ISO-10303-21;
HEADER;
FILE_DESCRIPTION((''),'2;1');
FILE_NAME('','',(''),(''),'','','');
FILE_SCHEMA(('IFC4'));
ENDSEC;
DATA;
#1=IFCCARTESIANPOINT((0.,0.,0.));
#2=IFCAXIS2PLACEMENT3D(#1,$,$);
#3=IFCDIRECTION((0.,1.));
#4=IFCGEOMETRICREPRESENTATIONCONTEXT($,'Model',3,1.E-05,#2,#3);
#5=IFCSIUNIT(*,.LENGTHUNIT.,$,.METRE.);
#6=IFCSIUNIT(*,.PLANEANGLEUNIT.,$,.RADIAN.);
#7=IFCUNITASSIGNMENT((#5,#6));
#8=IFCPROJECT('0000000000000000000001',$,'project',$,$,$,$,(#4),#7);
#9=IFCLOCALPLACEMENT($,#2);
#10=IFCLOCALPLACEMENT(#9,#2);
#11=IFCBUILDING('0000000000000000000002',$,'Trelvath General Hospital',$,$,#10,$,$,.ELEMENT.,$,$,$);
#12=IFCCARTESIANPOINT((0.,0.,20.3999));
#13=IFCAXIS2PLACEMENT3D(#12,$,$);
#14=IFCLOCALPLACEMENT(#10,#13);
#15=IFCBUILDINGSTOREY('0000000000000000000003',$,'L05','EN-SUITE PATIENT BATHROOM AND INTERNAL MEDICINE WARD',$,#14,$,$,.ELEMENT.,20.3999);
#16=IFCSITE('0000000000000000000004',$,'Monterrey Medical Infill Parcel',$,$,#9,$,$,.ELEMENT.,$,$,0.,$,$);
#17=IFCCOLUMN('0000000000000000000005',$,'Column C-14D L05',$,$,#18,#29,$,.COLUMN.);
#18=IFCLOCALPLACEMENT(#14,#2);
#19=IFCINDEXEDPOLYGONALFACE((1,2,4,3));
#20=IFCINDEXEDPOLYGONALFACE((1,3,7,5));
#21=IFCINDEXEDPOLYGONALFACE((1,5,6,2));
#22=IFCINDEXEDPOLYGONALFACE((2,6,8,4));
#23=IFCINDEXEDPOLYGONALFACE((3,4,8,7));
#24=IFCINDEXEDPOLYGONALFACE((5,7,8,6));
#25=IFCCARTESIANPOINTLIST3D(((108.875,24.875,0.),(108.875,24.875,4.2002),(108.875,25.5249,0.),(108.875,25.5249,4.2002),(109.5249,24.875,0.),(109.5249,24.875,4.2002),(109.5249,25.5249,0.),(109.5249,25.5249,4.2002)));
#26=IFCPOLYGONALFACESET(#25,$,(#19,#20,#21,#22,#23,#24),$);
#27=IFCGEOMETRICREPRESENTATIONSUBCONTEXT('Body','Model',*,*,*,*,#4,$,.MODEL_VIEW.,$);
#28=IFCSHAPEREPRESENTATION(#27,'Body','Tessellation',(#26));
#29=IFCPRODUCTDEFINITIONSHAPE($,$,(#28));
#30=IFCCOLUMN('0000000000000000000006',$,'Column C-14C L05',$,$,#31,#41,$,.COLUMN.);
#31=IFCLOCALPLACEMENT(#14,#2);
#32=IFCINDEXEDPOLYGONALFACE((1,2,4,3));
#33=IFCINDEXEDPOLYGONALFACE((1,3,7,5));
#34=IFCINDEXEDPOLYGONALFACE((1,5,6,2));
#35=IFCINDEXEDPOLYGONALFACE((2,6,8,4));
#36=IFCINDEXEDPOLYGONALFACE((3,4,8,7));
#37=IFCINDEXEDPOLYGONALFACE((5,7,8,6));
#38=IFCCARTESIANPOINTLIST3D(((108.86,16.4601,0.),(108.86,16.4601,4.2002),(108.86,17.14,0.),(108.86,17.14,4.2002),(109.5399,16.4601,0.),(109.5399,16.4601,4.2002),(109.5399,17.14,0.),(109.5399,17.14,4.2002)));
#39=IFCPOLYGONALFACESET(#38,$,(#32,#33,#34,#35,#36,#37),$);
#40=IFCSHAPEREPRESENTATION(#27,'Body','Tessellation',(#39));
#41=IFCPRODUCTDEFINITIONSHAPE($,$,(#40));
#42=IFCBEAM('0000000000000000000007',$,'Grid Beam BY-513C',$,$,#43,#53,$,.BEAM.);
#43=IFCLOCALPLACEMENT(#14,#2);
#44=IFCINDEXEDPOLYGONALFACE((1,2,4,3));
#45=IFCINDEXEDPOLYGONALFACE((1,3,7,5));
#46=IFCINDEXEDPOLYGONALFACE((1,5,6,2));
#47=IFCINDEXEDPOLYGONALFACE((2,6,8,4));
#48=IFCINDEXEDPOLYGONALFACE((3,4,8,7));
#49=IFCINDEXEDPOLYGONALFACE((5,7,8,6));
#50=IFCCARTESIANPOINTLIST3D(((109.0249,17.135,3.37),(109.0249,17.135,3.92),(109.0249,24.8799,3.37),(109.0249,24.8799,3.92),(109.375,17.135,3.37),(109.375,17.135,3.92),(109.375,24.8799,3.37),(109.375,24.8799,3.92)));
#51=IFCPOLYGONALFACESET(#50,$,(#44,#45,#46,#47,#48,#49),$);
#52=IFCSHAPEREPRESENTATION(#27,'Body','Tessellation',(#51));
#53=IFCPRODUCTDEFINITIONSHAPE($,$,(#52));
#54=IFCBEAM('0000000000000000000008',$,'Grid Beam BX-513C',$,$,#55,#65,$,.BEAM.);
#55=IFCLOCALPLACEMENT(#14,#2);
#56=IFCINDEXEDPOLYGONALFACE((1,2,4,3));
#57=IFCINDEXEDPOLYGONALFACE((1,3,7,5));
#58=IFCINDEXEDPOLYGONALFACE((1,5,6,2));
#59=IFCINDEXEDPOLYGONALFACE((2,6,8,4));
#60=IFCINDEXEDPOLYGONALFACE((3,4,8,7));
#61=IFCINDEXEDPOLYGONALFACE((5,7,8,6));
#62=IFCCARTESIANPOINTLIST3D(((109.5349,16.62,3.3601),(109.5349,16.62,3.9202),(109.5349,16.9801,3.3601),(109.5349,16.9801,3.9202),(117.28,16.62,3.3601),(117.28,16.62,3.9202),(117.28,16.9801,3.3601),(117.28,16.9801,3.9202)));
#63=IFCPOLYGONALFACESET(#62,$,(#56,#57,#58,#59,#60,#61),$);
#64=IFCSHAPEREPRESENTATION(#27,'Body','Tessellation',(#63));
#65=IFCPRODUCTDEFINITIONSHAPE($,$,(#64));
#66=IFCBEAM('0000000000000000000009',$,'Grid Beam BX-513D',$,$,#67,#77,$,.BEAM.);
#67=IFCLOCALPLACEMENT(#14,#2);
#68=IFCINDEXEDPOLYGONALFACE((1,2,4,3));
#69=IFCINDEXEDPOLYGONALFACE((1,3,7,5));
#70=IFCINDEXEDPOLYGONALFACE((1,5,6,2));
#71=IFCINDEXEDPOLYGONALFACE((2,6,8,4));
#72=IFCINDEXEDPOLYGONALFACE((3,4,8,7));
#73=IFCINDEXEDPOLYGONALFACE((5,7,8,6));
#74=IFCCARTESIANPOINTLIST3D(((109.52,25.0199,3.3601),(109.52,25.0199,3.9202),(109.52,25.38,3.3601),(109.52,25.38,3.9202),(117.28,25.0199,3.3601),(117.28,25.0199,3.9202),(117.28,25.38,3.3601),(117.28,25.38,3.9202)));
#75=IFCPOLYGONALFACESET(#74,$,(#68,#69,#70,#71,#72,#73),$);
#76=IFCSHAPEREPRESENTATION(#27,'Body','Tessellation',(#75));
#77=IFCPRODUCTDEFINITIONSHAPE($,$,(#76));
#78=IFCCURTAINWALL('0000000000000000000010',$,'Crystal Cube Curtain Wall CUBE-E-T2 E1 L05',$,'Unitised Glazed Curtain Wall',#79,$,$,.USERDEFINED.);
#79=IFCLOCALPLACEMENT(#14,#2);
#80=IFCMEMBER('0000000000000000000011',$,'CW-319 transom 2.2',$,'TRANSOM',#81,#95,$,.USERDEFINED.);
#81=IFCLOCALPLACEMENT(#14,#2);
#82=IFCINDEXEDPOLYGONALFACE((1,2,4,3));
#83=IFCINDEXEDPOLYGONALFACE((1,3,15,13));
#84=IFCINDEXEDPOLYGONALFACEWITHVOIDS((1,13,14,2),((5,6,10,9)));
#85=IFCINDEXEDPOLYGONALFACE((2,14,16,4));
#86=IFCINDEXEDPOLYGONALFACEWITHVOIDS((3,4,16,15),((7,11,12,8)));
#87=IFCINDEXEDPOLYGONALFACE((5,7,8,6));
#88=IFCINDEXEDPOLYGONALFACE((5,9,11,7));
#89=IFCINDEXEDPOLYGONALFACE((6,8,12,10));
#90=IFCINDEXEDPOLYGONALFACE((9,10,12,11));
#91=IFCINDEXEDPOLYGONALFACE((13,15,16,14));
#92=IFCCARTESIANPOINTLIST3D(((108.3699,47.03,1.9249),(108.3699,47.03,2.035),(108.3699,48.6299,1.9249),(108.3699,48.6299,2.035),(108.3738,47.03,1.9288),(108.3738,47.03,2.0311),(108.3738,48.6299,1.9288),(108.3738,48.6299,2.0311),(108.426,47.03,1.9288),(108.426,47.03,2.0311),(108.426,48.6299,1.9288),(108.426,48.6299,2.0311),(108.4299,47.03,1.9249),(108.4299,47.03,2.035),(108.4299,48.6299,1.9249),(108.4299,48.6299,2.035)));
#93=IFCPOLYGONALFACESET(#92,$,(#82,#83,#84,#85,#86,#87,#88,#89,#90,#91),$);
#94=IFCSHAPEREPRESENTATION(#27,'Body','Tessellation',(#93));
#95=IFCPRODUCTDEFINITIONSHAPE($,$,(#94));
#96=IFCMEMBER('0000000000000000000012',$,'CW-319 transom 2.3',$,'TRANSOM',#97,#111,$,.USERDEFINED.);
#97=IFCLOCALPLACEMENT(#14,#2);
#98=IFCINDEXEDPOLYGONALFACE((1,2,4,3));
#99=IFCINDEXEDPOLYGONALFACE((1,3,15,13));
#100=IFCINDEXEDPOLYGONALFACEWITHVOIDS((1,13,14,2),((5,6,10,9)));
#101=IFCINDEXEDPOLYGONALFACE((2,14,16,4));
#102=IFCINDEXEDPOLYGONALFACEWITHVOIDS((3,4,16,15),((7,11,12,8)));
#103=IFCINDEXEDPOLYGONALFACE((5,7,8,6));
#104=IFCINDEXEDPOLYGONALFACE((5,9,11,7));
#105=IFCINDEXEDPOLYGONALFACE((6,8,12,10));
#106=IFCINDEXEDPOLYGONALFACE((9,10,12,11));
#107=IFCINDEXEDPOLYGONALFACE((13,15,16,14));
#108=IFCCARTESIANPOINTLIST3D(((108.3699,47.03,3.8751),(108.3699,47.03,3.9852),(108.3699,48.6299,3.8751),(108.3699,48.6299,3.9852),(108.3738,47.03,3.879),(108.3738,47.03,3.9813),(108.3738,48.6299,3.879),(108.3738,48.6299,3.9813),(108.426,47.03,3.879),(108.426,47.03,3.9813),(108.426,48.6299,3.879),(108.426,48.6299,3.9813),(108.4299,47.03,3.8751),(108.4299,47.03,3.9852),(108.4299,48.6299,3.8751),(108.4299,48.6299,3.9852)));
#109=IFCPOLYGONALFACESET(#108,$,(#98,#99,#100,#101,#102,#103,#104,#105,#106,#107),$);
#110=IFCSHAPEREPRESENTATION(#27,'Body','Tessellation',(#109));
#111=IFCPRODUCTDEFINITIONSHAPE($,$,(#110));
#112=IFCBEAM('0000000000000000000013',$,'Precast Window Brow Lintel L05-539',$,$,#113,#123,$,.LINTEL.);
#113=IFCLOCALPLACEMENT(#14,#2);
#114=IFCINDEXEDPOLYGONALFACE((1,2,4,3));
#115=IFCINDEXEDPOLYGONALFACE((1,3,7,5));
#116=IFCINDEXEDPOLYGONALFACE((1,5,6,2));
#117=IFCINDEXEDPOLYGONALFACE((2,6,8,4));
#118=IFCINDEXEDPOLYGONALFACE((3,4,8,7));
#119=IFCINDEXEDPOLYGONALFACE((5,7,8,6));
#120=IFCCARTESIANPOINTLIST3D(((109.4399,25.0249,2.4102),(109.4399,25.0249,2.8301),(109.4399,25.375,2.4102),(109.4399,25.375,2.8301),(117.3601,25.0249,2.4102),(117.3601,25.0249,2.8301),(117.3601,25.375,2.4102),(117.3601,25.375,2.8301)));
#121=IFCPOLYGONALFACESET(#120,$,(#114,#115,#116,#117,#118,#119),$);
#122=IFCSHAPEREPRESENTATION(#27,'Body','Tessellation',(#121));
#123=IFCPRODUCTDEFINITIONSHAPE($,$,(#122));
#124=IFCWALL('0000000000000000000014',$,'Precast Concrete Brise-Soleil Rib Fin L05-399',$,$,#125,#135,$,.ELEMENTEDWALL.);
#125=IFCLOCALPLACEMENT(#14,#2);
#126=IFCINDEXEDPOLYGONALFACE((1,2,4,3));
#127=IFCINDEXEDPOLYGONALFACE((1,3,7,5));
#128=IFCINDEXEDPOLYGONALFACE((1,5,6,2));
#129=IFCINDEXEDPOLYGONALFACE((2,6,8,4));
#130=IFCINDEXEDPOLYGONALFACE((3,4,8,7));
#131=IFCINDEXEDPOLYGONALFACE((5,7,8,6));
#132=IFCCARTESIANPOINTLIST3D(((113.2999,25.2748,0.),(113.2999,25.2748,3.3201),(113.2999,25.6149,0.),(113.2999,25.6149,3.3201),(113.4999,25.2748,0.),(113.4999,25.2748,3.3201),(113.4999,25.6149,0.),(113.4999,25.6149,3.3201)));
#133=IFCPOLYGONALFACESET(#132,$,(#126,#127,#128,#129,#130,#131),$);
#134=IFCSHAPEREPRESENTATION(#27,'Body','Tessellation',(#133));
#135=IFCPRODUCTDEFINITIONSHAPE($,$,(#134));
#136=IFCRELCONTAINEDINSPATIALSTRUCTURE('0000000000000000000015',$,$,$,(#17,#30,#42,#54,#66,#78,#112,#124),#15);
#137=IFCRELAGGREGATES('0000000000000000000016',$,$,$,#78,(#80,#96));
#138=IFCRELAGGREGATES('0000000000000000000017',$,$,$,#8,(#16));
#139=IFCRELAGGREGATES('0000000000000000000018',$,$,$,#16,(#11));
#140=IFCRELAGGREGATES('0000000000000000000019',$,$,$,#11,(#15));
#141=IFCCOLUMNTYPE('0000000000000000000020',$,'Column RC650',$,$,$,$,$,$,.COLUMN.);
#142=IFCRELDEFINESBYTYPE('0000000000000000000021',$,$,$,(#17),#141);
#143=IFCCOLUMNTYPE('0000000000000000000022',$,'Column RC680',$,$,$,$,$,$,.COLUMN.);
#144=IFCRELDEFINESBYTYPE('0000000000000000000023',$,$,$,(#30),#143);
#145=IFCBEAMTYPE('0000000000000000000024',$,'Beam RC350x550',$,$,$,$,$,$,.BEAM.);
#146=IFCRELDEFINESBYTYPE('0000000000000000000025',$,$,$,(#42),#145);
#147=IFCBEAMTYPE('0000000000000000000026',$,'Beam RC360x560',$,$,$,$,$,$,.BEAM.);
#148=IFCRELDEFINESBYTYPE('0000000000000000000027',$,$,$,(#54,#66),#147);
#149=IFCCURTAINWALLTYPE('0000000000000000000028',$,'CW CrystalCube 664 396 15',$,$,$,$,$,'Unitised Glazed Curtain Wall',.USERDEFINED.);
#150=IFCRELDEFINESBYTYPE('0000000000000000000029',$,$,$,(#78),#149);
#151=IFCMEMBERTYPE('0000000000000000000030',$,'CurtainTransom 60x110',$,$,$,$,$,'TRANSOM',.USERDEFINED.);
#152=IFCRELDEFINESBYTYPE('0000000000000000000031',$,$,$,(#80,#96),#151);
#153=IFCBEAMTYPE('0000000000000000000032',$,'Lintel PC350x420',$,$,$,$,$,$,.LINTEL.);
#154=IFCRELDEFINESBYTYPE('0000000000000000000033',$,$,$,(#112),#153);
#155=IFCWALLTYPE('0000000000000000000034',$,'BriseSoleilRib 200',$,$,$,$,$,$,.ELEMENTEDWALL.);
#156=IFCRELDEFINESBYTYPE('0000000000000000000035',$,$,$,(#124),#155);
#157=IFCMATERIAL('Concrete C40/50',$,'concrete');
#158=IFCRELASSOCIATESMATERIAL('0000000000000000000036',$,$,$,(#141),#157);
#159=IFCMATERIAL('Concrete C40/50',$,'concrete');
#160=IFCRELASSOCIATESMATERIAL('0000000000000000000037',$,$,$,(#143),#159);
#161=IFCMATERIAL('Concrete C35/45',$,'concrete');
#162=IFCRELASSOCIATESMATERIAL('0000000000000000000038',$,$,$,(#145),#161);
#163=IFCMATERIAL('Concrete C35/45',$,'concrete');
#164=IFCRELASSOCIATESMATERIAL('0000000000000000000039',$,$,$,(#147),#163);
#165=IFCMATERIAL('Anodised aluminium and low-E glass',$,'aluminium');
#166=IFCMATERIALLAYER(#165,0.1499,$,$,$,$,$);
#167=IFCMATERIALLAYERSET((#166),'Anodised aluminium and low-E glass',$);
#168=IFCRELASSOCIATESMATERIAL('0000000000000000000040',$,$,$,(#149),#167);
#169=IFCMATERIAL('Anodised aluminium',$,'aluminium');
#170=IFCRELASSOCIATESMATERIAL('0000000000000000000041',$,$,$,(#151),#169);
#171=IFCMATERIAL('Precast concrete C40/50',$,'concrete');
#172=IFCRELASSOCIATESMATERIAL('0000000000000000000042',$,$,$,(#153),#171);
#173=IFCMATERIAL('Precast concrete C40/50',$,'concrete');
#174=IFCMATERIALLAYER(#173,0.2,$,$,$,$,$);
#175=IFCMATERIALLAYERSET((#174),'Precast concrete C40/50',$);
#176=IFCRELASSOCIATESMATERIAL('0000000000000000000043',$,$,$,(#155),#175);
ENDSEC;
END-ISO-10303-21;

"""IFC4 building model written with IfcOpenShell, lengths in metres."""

from ifc_helpers import new_model, si_unit, direction, frame, frame_2d, origin, origin_2d, place, context, subcontext, project, spatial, rectangle, hollow_rectangle, extrude, material, layer, layer_set, material_profile, profile_set, type_object, element, aggregate, save


model = new_model("IFC4")

# Units and contexts
model_context = context("Model", 3, precision=1e-05, world=origin(), true_north=direction((0.0, 1.0)))
body_context = subcontext(model_context, "Body", "Model", "MODEL_VIEW")
ifc_project = project(units=[si_unit("LENGTHUNIT", "METRE"), si_unit("PLANEANGLEUNIT", "RADIAN")], contexts=[model_context])

# Site, building, storey
site_placement = place(None, origin())
site = spatial("IfcSite", under=ifc_project, at=site_placement, Name="Monterrey Medical Infill Parcel", CompositionType="ELEMENT", RefElevation=0.0)
building_placement = place(site_placement, origin())
building = spatial("IfcBuilding", under=site, at=building_placement, Name="Trelvath General Hospital", CompositionType="ELEMENT")
storey_placement = place(building_placement, frame((0.0, 0.0, 20.3999)))
storey = spatial("IfcBuildingStorey", under=building, at=storey_placement, Name="L05", Description="EN-SUITE PATIENT BATHROOM AND INTERNAL MEDICINE WARD", CompositionType="ELEMENT", Elevation=20.3999)

# Columns
ifc_material_1 = material(Name="Concrete C40/50", Category="concrete")
ifc_material_profile_1 = material_profile(ifc_material_1, rectangle(XDim=0.6499, YDim=0.6499, at=origin_2d()), Name="RC650x650")
ifc_profile_set_1 = profile_set([ifc_material_profile_1], Name="Concrete C40/50")
column_type_1 = type_object("IfcColumnType", Name="Column RC650", PredefinedType="COLUMN", material=ifc_profile_set_1)
column_1_placement = place(storey_placement, frame((109.2, 25.2, 0.0), z_axis=(0.0, 0.0, 1.0), x_axis=(1.0, 0.0, 0.0)))
element("IfcColumn", 1, at=column_1_placement, inside=storey, type_object=column_type_1, Name="Column C-14D L05", PredefinedType="COLUMN", context=body_context, shape_type="SweptSolid", body=[
    extrude(rectangle(XDim=0.6499, YDim=0.6499, at=origin_2d()), origin(), (0.0, 0.0, 1.0), 4.2002),
])
ifc_material_2 = material(Name="Concrete C40/50", Category="concrete")
ifc_material_profile_2 = material_profile(ifc_material_2, rectangle(XDim=0.6799, YDim=0.6799, at=origin_2d()), Name="RC680x680")
ifc_profile_set_2 = profile_set([ifc_material_profile_2], Name="Concrete C40/50")
column_type_2 = type_object("IfcColumnType", Name="Column RC680", PredefinedType="COLUMN", material=ifc_profile_set_2)
column_2_placement = place(storey_placement, frame((109.2, 16.8, 0.0), z_axis=(0.0, 0.0, 1.0), x_axis=(1.0, 0.0, 0.0)))
element("IfcColumn", 2, at=column_2_placement, inside=storey, type_object=column_type_2, Name="Column C-14C L05", PredefinedType="COLUMN", context=body_context, shape_type="SweptSolid", body=[
    extrude(rectangle(XDim=0.6799, YDim=0.6799, at=origin_2d()), origin(), (0.0, 0.0, 1.0), 4.2002),
])

# Beams
ifc_material_3 = material(Name="Concrete C35/45", Category="concrete")
ifc_material_profile_3 = material_profile(ifc_material_3, rectangle(XDim=0.3501, YDim=0.55, at=origin_2d()), Name="RCB350x550")
ifc_profile_set_3 = profile_set([ifc_material_profile_3], Name="Concrete C35/45")
beam_type_1 = type_object("IfcBeamType", Name="Beam RC350x550", PredefinedType="BEAM", material=ifc_profile_set_3)
beam_1_placement = place(storey_placement, frame((109.2, 17.135, 3.645), z_axis=(0.0, 1.0, 0.0), x_axis=(-1.0, 0.0, 0.0)))
element("IfcBeam", 3, at=beam_1_placement, inside=storey, type_object=beam_type_1, Name="Grid Beam BY-513C", PredefinedType="BEAM", context=body_context, shape_type="SweptSolid", body=[
    extrude(rectangle(XDim=0.3501, YDim=0.55, at=origin_2d()), origin(), (0.0, 0.0, 1.0), 7.7449),
])
ifc_material_4 = material(Name="Concrete C35/45", Category="concrete")
ifc_material_profile_4 = material_profile(ifc_material_4, rectangle(XDim=0.3601, YDim=0.5601, at=origin_2d()), Name="RCB360x560")
ifc_profile_set_4 = profile_set([ifc_material_profile_4], Name="Concrete C35/45")
beam_type_2 = type_object("IfcBeamType", Name="Beam RC360x560", PredefinedType="BEAM", material=ifc_profile_set_4)
beam_2_placement = place(storey_placement, frame((109.5349, 16.8, 3.6401), z_axis=(1.0, 0.0, 0.0), x_axis=(0.0, 1.0, 0.0)))
element("IfcBeam", 4, at=beam_2_placement, inside=storey, type_object=beam_type_2, Name="Grid Beam BX-513C", PredefinedType="BEAM", context=body_context, shape_type="SweptSolid", body=[
    extrude(rectangle(XDim=0.3601, YDim=0.5601, at=origin_2d()), origin(), (0.0, 0.0, 1.0), 7.7451),
])
beam_3_placement = place(storey_placement, frame((109.52, 25.2, 3.6401), z_axis=(1.0, 0.0, 0.0), x_axis=(0.0, 1.0, 0.0)))
element("IfcBeam", 5, at=beam_3_placement, inside=storey, type_object=beam_type_2, Name="Grid Beam BX-513D", PredefinedType="BEAM", context=body_context, shape_type="SweptSolid", body=[
    extrude(rectangle(XDim=0.3601, YDim=0.5601, at=origin_2d()), origin(), (0.0, 0.0, 1.0), 7.76),
])

# Curtain wall, members
ifc_material_5 = material(Name="Anodised aluminium and low-E glass", Category="aluminium")
ifc_layer_1 = layer(ifc_material_5, 0.1499)
ifc_layer_set_1 = layer_set([ifc_layer_1], Name="Anodised aluminium and low-E glass")
curtain_wall_type = type_object("IfcCurtainWallType", Name="CW CrystalCube 664 396 15", ElementType="Unitised Glazed Curtain Wall", PredefinedType="USERDEFINED", material=ifc_layer_set_1)
curtain_wall_placement = place(storey_placement, origin())
curtain_wall = element("IfcCurtainWall", 6, at=curtain_wall_placement, inside=storey, type_object=curtain_wall_type, Name="Crystal Cube Curtain Wall CUBE-E-T2 E1 L05", ObjectType="Unitised Glazed Curtain Wall", PredefinedType="USERDEFINED")
ifc_material_6 = material(Name="Anodised aluminium", Category="aluminium")
ifc_material_profile_5 = material_profile(ifc_material_6, hollow_rectangle(XDim=0.0601, YDim=0.1101, WallThickness=0.0039, at=origin_2d()), Name="RHS60x110x4")
ifc_profile_set_5 = profile_set([ifc_material_profile_5], Name="Anodised aluminium")
member_type = type_object("IfcMemberType", Name="CurtainTransom 60x110", ElementType="TRANSOM", PredefinedType="USERDEFINED", material=ifc_profile_set_5)
member_1_placement = place(storey_placement, frame((108.3999, 48.6299, 1.98), z_axis=(0.0, -1.0, 0.0), x_axis=(1.0, 0.0, 0.0)))
member_1 = element("IfcMember", 7, at=member_1_placement, type_object=member_type, Name="CW-319 transom 2.2", ObjectType="TRANSOM", PredefinedType="USERDEFINED", context=body_context, shape_type="SweptSolid", body=[
    extrude(hollow_rectangle(XDim=0.0601, YDim=0.1101, WallThickness=0.0039, at=origin_2d()), origin(), (0.0, 0.0, 1.0), 1.5999),
])
member_2_placement = place(storey_placement, frame((108.3999, 48.6299, 3.9302), z_axis=(0.0, -1.0, 0.0), x_axis=(1.0, 0.0, 0.0)))
member_2 = element("IfcMember", 8, at=member_2_placement, type_object=member_type, Name="CW-319 transom 2.3", ObjectType="TRANSOM", PredefinedType="USERDEFINED", context=body_context, shape_type="SweptSolid", body=[
    extrude(hollow_rectangle(XDim=0.0601, YDim=0.1101, WallThickness=0.0039, at=origin_2d()), origin(), (0.0, 0.0, 1.0), 1.5999),
])
aggregate(curtain_wall, [member_1, member_2])

# Beam
ifc_material_7 = material(Name="Precast concrete C40/50", Category="concrete")
ifc_material_profile_6 = material_profile(ifc_material_7, rectangle(XDim=0.3501, YDim=0.4199, at=origin_2d()), Name="PCL350x420")
ifc_profile_set_6 = profile_set([ifc_material_profile_6], Name="Precast concrete C40/50")
beam_type_3 = type_object("IfcBeamType", Name="Lintel PC350x420", PredefinedType="LINTEL", material=ifc_profile_set_6)
beam_4_placement = place(storey_placement, frame((109.4399, 25.2, 2.6201), z_axis=(1.0, 0.0, 0.0), x_axis=(0.0, 1.0, 0.0)))
element("IfcBeam", 9, at=beam_4_placement, inside=storey, type_object=beam_type_3, Name="Precast Window Brow Lintel L05-539", PredefinedType="LINTEL", context=body_context, shape_type="SweptSolid", body=[
    extrude(rectangle(XDim=0.3501, YDim=0.4199, at=origin_2d()), origin(), (0.0, 0.0, 1.0), 7.9202),
])

# Wall
ifc_material_8 = material(Name="Precast concrete C40/50", Category="concrete")
ifc_layer_2 = layer(ifc_material_8, 0.2)
ifc_layer_set_2 = layer_set([ifc_layer_2], Name="Precast concrete C40/50")
wall_type_1 = type_object("IfcWallType", Name="BriseSoleilRib 200", PredefinedType="ELEMENTEDWALL", material=ifc_layer_set_2)
wall_1_placement = place(storey_placement, frame((113.3999, 25.2749, 0.0), z_axis=(0.0, 0.0, 1.0), x_axis=(0.0, 1.0, 0.0)))
element("IfcWall", 10, at=wall_1_placement, inside=storey, type_object=wall_type_1, Name="Precast Concrete Brise-Soleil Rib Fin L05-399", PredefinedType="ELEMENTEDWALL", context=body_context, shape_type="SweptSolid", body=[
    extrude(rectangle(XDim=0.3401, YDim=0.2, at=frame_2d((0.1699, 0.0))), origin(), (0.0, 0.0, 1.0), 3.3201),
])

save(model, "model.ifc")
